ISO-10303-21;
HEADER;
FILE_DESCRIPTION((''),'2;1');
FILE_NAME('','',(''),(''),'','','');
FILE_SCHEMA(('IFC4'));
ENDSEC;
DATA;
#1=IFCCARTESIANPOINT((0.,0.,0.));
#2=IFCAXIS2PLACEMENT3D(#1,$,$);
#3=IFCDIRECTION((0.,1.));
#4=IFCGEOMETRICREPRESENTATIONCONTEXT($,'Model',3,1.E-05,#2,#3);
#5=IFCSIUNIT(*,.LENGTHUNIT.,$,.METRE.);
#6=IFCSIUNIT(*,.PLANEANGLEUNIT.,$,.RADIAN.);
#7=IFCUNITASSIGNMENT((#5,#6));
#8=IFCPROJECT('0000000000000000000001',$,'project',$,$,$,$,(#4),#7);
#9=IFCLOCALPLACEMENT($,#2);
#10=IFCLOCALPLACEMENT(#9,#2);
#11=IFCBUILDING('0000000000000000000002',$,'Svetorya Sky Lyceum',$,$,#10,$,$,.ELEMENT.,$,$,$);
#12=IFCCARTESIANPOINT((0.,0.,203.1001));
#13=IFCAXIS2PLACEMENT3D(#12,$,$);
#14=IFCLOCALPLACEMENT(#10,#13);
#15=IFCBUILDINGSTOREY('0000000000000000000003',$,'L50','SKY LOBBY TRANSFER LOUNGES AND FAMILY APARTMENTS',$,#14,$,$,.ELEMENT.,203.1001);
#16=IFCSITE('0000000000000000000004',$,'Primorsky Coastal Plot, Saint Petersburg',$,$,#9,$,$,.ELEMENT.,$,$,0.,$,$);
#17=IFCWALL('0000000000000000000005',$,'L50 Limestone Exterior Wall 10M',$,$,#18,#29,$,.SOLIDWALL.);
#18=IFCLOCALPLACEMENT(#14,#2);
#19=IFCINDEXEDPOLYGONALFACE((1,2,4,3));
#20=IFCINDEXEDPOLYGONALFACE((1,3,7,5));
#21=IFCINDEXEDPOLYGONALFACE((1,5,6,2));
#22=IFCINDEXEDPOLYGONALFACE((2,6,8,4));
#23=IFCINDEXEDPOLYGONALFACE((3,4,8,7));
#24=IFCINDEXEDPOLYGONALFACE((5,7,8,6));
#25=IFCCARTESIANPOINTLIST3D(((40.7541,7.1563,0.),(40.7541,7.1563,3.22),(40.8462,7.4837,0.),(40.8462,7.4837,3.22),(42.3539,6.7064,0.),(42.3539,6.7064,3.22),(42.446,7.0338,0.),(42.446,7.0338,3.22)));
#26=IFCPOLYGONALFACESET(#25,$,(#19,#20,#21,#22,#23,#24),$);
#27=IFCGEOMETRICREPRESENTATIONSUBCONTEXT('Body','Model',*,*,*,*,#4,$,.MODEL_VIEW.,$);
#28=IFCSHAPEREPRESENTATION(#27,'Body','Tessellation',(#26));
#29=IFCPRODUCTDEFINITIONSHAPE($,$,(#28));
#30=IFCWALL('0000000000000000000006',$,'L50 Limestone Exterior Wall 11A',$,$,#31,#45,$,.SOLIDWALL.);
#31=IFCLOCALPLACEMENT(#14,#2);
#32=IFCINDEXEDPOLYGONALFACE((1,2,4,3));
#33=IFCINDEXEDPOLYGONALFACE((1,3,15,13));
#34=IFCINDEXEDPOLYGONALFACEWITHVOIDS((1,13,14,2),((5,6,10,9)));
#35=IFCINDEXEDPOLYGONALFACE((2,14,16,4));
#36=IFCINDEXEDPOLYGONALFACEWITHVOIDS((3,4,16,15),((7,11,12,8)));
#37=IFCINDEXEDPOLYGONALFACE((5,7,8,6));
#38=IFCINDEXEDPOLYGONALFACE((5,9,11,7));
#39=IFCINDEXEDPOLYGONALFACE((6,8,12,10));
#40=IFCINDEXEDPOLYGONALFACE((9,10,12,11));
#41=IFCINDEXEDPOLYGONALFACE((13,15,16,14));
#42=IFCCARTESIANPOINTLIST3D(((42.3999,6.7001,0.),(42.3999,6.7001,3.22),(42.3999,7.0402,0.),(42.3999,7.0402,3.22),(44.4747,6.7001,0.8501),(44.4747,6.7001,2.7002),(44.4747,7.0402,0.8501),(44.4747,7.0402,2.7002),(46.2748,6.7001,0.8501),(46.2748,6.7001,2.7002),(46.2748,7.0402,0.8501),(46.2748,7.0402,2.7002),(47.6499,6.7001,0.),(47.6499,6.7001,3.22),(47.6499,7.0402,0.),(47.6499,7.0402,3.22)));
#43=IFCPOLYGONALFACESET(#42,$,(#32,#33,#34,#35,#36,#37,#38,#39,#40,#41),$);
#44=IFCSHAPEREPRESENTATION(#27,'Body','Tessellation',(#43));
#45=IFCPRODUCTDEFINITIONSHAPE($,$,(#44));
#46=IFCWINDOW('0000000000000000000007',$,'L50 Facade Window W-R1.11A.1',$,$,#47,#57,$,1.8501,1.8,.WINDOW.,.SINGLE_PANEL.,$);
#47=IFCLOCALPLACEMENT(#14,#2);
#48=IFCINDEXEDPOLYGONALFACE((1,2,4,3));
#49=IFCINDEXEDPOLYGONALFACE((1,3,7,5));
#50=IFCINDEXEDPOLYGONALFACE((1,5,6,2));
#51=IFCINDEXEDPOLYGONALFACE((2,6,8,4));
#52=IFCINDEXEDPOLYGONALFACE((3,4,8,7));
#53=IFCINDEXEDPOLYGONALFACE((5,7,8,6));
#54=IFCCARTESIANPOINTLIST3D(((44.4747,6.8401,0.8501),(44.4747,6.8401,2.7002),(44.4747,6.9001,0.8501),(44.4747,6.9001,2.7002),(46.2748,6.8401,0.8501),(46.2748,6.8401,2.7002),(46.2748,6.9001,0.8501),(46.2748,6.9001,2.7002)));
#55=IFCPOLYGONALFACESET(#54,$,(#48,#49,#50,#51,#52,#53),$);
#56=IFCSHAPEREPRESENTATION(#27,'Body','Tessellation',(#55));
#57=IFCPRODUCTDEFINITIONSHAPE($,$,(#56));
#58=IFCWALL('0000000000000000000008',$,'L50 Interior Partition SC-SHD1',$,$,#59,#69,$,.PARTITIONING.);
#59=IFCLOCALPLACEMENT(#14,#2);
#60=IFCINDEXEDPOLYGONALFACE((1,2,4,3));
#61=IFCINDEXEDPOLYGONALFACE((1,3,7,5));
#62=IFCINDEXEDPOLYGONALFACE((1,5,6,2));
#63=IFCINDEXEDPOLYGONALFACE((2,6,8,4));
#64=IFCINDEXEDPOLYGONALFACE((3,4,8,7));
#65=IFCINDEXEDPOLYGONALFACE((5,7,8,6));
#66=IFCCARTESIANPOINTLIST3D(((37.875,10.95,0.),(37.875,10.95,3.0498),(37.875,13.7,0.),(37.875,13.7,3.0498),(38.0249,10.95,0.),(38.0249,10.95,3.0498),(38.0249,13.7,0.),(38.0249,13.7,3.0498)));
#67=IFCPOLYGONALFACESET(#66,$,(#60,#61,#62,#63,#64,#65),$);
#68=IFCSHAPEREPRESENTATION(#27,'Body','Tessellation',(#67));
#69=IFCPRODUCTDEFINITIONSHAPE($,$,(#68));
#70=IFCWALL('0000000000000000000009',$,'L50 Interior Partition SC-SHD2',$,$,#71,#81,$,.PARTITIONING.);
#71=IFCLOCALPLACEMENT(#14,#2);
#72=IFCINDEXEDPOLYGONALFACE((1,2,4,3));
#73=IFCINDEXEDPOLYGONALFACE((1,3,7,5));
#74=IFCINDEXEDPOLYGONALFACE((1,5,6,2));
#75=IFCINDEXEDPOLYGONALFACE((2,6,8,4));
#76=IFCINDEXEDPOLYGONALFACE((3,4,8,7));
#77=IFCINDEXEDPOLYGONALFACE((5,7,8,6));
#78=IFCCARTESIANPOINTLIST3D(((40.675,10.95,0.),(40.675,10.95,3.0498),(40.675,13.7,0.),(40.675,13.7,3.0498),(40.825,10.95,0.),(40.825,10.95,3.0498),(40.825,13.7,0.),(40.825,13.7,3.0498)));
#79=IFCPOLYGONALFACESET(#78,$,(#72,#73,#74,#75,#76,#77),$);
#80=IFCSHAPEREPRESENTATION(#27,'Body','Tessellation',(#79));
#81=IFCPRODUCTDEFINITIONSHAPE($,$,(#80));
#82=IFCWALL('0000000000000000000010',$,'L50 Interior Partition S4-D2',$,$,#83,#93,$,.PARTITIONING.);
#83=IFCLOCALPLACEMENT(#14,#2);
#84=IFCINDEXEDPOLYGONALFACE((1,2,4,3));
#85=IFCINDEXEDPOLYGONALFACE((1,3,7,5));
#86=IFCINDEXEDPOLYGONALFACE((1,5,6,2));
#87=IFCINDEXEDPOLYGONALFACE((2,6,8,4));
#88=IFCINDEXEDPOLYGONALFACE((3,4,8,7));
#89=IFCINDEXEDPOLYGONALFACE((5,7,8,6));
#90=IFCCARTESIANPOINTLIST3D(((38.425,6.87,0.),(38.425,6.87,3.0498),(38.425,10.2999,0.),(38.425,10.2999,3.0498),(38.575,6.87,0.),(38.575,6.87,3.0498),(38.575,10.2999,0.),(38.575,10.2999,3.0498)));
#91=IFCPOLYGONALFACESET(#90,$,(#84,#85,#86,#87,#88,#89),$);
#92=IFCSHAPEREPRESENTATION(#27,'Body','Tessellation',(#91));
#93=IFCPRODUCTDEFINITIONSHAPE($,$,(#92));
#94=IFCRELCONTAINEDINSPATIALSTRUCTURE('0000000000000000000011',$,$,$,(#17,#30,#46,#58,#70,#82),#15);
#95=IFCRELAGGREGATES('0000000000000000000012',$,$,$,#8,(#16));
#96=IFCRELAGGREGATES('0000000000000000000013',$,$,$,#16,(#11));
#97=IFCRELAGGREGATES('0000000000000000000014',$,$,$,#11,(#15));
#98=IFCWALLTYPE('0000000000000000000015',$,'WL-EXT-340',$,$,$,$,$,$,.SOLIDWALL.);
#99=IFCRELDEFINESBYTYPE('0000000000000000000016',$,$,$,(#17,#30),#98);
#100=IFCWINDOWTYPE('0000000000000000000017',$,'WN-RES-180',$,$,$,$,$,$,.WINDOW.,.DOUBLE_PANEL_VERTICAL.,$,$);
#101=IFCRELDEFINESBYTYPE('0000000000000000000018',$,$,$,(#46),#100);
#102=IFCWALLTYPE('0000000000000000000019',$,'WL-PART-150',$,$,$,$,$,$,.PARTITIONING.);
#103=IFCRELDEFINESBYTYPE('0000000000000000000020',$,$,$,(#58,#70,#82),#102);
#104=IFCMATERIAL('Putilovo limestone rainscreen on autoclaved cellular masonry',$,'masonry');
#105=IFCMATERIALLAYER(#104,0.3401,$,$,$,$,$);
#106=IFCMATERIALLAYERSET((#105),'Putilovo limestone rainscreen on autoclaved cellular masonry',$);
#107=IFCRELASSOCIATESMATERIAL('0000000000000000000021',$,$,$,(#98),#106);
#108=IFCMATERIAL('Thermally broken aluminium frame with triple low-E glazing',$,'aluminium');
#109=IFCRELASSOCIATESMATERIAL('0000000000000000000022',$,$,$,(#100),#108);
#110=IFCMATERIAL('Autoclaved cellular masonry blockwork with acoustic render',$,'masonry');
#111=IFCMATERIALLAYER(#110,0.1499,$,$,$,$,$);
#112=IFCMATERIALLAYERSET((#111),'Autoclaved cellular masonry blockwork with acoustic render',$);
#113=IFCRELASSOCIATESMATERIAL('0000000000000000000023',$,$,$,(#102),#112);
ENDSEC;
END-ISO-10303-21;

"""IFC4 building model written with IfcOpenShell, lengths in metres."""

from ifc_helpers import new_model, si_unit, direction, frame, frame_2d, origin, place, context, subcontext, project, spatial, rectangle, extrude, material, layer, layer_set, type_object, element, fill, save


model = new_model("IFC4")

# Units and contexts
model_context = context("Model", 3, precision=1e-05, world=origin(), true_north=direction((0.0, 1.0)))
body_context = subcontext(model_context, "Body", "Model", "MODEL_VIEW")
ifc_project = project(units=[si_unit("LENGTHUNIT", "METRE"), si_unit("PLANEANGLEUNIT", "RADIAN")], contexts=[model_context])

# Site, building, storey
site_placement = place(None, origin())
site = spatial("IfcSite", under=ifc_project, at=site_placement, Name="Primorsky Coastal Plot, Saint Petersburg", CompositionType="ELEMENT", RefElevation=0.0)
building_placement = place(site_placement, origin())
building = spatial("IfcBuilding", under=site, at=building_placement, Name="Svetorya Sky Lyceum", CompositionType="ELEMENT")
storey_placement = place(building_placement, frame((0.0, 0.0, 203.1001)))
storey = spatial("IfcBuildingStorey", under=building, at=storey_placement, Name="L50", Description="SKY LOBBY TRANSFER LOUNGES AND FAMILY APARTMENTS", CompositionType="ELEMENT", Elevation=203.1001)

# Wall
ifc_material_1 = material(Name="Putilovo limestone rainscreen on autoclaved cellular masonry", Category="masonry")
ifc_layer_1 = layer(ifc_material_1, 0.3401)
ifc_layer_set_1 = layer_set([ifc_layer_1], Name="Putilovo limestone rainscreen on autoclaved cellular masonry")
wall_type_1 = type_object("IfcWallType", Name="WL-EXT-340", PredefinedType="SOLIDWALL", material=ifc_layer_set_1)
wall_1_placement = place(storey_placement, frame((40.8, 7.3201, 0.0), z_axis=(0.0, 0.0, 1.0), x_axis=(0.962652, -0.270741, 0.0)))
element("IfcWall", 1, at=wall_1_placement, inside=storey, type_object=wall_type_1, Name="L50 Limestone Exterior Wall 10M", PredefinedType="SOLIDWALL", context=body_context, shape_type="SweptSolid", body=[
    extrude(rectangle(XDim=1.6619, YDim=0.3401, at=frame_2d((0.8311, 0.0))), origin(), (0.0, 0.0, 1.0), 3.22),
])

# Wall, opening, window
wall_2_placement = place(storey_placement, frame((42.3999, 6.8701, 0.0), z_axis=(0.0, 0.0, 1.0), x_axis=(1.0, 0.0, 0.0)))
wall_2 = element("IfcWall", 2, at=wall_2_placement, inside=storey, type_object=wall_type_1, Name="L50 Limestone Exterior Wall 11A", PredefinedType="SOLIDWALL", context=body_context, shape_type="SweptSolid", body=[
    extrude(rectangle(XDim=5.25, YDim=0.3401, at=frame_2d((2.625, 0.0))), origin(), (0.0, 0.0, 1.0), 3.22),
])
opening_1_placement = place(wall_2_placement, frame((2.075, 0.0, 0.8501)))
opening_1 = element("IfcOpeningElement", 3, at=opening_1_placement, cuts=wall_2, PredefinedType="OPENING", context=body_context, shape_type="SweptSolid", body=[
    extrude(rectangle(XDim=1.8, YDim=1.8501, at=frame_2d((0.8999, 0.925))), frame((0.0, 0.1799, 0.0), z_axis=(0.0, -1.0, 0.0), x_axis=(1.0, 0.0, 0.0)), (0.0, 0.0, 1.0), 0.3601),
])
ifc_material_2 = material(Name="Thermally broken aluminium frame with triple low-E glazing", Category="aluminium")
window_type = type_object("IfcWindowType", Name="WN-RES-180", PartitioningType="DOUBLE_PANEL_VERTICAL", PredefinedType="WINDOW", material=ifc_material_2)
window_placement = place(opening_1_placement, origin())
window = element("IfcWindow", 4, at=window_placement, inside=storey, type_object=window_type, Name="L50 Facade Window W-R1.11A.1", OverallHeight=1.8501, OverallWidth=1.8, PartitioningType="SINGLE_PANEL", PredefinedType="WINDOW", context=body_context, shape_type="SweptSolid", body=[
    extrude(rectangle(XDim=1.8, YDim=1.8501, at=frame_2d((0.8999, 0.925))), frame((0.0, 0.03, 0.0), z_axis=(0.0, -1.0, 0.0), x_axis=(1.0, 0.0, 0.0)), (0.0, 0.0, 1.0), 0.0601),
])
fill(opening_1, window)

# Walls
ifc_material_3 = material(Name="Autoclaved cellular masonry blockwork with acoustic render", Category="masonry")
ifc_layer_2 = layer(ifc_material_3, 0.1499)
ifc_layer_set_2 = layer_set([ifc_layer_2], Name="Autoclaved cellular masonry blockwork with acoustic render")
wall_type_2 = type_object("IfcWallType", Name="WL-PART-150", PredefinedType="PARTITIONING", material=ifc_layer_set_2)
for number, where, z_axis, x_axis, name in (
    (5, (37.95, 10.95, 0.0), (0.0, 0.0, 1.0), (0.0, 1.0, 0.0), "L50 Interior Partition SC-SHD1"),
    (6, (40.75, 10.95, 0.0), (0.0, 0.0, 1.0), (0.0, 1.0, 0.0), "L50 Interior Partition SC-SHD2"),
):
    element("IfcWall", number, at=place(storey_placement, frame(where, z_axis=z_axis, x_axis=x_axis)), inside=storey, type_object=wall_type_2, Name=name, PredefinedType="PARTITIONING", context=body_context, shape_type="SweptSolid", body=[
        extrude(rectangle(XDim=2.75, YDim=0.1499, at=frame_2d((1.375, 0.0))), origin(), (0.0, 0.0, 1.0), 3.0498),
    ])
wall_3_placement = place(storey_placement, frame((38.5, 6.8701, 0.0), z_axis=(0.0, 0.0, 1.0), x_axis=(0.0, 1.0, 0.0)))
element("IfcWall", 7, at=wall_3_placement, inside=storey, type_object=wall_type_2, Name="L50 Interior Partition S4-D2", PredefinedType="PARTITIONING", context=body_context, shape_type="SweptSolid", body=[
    extrude(rectangle(XDim=3.4299, YDim=0.1499, at=frame_2d((1.7148, 0.0))), origin(), (0.0, 0.0, 1.0), 3.0498),
])

save(model, "model.ifc")
